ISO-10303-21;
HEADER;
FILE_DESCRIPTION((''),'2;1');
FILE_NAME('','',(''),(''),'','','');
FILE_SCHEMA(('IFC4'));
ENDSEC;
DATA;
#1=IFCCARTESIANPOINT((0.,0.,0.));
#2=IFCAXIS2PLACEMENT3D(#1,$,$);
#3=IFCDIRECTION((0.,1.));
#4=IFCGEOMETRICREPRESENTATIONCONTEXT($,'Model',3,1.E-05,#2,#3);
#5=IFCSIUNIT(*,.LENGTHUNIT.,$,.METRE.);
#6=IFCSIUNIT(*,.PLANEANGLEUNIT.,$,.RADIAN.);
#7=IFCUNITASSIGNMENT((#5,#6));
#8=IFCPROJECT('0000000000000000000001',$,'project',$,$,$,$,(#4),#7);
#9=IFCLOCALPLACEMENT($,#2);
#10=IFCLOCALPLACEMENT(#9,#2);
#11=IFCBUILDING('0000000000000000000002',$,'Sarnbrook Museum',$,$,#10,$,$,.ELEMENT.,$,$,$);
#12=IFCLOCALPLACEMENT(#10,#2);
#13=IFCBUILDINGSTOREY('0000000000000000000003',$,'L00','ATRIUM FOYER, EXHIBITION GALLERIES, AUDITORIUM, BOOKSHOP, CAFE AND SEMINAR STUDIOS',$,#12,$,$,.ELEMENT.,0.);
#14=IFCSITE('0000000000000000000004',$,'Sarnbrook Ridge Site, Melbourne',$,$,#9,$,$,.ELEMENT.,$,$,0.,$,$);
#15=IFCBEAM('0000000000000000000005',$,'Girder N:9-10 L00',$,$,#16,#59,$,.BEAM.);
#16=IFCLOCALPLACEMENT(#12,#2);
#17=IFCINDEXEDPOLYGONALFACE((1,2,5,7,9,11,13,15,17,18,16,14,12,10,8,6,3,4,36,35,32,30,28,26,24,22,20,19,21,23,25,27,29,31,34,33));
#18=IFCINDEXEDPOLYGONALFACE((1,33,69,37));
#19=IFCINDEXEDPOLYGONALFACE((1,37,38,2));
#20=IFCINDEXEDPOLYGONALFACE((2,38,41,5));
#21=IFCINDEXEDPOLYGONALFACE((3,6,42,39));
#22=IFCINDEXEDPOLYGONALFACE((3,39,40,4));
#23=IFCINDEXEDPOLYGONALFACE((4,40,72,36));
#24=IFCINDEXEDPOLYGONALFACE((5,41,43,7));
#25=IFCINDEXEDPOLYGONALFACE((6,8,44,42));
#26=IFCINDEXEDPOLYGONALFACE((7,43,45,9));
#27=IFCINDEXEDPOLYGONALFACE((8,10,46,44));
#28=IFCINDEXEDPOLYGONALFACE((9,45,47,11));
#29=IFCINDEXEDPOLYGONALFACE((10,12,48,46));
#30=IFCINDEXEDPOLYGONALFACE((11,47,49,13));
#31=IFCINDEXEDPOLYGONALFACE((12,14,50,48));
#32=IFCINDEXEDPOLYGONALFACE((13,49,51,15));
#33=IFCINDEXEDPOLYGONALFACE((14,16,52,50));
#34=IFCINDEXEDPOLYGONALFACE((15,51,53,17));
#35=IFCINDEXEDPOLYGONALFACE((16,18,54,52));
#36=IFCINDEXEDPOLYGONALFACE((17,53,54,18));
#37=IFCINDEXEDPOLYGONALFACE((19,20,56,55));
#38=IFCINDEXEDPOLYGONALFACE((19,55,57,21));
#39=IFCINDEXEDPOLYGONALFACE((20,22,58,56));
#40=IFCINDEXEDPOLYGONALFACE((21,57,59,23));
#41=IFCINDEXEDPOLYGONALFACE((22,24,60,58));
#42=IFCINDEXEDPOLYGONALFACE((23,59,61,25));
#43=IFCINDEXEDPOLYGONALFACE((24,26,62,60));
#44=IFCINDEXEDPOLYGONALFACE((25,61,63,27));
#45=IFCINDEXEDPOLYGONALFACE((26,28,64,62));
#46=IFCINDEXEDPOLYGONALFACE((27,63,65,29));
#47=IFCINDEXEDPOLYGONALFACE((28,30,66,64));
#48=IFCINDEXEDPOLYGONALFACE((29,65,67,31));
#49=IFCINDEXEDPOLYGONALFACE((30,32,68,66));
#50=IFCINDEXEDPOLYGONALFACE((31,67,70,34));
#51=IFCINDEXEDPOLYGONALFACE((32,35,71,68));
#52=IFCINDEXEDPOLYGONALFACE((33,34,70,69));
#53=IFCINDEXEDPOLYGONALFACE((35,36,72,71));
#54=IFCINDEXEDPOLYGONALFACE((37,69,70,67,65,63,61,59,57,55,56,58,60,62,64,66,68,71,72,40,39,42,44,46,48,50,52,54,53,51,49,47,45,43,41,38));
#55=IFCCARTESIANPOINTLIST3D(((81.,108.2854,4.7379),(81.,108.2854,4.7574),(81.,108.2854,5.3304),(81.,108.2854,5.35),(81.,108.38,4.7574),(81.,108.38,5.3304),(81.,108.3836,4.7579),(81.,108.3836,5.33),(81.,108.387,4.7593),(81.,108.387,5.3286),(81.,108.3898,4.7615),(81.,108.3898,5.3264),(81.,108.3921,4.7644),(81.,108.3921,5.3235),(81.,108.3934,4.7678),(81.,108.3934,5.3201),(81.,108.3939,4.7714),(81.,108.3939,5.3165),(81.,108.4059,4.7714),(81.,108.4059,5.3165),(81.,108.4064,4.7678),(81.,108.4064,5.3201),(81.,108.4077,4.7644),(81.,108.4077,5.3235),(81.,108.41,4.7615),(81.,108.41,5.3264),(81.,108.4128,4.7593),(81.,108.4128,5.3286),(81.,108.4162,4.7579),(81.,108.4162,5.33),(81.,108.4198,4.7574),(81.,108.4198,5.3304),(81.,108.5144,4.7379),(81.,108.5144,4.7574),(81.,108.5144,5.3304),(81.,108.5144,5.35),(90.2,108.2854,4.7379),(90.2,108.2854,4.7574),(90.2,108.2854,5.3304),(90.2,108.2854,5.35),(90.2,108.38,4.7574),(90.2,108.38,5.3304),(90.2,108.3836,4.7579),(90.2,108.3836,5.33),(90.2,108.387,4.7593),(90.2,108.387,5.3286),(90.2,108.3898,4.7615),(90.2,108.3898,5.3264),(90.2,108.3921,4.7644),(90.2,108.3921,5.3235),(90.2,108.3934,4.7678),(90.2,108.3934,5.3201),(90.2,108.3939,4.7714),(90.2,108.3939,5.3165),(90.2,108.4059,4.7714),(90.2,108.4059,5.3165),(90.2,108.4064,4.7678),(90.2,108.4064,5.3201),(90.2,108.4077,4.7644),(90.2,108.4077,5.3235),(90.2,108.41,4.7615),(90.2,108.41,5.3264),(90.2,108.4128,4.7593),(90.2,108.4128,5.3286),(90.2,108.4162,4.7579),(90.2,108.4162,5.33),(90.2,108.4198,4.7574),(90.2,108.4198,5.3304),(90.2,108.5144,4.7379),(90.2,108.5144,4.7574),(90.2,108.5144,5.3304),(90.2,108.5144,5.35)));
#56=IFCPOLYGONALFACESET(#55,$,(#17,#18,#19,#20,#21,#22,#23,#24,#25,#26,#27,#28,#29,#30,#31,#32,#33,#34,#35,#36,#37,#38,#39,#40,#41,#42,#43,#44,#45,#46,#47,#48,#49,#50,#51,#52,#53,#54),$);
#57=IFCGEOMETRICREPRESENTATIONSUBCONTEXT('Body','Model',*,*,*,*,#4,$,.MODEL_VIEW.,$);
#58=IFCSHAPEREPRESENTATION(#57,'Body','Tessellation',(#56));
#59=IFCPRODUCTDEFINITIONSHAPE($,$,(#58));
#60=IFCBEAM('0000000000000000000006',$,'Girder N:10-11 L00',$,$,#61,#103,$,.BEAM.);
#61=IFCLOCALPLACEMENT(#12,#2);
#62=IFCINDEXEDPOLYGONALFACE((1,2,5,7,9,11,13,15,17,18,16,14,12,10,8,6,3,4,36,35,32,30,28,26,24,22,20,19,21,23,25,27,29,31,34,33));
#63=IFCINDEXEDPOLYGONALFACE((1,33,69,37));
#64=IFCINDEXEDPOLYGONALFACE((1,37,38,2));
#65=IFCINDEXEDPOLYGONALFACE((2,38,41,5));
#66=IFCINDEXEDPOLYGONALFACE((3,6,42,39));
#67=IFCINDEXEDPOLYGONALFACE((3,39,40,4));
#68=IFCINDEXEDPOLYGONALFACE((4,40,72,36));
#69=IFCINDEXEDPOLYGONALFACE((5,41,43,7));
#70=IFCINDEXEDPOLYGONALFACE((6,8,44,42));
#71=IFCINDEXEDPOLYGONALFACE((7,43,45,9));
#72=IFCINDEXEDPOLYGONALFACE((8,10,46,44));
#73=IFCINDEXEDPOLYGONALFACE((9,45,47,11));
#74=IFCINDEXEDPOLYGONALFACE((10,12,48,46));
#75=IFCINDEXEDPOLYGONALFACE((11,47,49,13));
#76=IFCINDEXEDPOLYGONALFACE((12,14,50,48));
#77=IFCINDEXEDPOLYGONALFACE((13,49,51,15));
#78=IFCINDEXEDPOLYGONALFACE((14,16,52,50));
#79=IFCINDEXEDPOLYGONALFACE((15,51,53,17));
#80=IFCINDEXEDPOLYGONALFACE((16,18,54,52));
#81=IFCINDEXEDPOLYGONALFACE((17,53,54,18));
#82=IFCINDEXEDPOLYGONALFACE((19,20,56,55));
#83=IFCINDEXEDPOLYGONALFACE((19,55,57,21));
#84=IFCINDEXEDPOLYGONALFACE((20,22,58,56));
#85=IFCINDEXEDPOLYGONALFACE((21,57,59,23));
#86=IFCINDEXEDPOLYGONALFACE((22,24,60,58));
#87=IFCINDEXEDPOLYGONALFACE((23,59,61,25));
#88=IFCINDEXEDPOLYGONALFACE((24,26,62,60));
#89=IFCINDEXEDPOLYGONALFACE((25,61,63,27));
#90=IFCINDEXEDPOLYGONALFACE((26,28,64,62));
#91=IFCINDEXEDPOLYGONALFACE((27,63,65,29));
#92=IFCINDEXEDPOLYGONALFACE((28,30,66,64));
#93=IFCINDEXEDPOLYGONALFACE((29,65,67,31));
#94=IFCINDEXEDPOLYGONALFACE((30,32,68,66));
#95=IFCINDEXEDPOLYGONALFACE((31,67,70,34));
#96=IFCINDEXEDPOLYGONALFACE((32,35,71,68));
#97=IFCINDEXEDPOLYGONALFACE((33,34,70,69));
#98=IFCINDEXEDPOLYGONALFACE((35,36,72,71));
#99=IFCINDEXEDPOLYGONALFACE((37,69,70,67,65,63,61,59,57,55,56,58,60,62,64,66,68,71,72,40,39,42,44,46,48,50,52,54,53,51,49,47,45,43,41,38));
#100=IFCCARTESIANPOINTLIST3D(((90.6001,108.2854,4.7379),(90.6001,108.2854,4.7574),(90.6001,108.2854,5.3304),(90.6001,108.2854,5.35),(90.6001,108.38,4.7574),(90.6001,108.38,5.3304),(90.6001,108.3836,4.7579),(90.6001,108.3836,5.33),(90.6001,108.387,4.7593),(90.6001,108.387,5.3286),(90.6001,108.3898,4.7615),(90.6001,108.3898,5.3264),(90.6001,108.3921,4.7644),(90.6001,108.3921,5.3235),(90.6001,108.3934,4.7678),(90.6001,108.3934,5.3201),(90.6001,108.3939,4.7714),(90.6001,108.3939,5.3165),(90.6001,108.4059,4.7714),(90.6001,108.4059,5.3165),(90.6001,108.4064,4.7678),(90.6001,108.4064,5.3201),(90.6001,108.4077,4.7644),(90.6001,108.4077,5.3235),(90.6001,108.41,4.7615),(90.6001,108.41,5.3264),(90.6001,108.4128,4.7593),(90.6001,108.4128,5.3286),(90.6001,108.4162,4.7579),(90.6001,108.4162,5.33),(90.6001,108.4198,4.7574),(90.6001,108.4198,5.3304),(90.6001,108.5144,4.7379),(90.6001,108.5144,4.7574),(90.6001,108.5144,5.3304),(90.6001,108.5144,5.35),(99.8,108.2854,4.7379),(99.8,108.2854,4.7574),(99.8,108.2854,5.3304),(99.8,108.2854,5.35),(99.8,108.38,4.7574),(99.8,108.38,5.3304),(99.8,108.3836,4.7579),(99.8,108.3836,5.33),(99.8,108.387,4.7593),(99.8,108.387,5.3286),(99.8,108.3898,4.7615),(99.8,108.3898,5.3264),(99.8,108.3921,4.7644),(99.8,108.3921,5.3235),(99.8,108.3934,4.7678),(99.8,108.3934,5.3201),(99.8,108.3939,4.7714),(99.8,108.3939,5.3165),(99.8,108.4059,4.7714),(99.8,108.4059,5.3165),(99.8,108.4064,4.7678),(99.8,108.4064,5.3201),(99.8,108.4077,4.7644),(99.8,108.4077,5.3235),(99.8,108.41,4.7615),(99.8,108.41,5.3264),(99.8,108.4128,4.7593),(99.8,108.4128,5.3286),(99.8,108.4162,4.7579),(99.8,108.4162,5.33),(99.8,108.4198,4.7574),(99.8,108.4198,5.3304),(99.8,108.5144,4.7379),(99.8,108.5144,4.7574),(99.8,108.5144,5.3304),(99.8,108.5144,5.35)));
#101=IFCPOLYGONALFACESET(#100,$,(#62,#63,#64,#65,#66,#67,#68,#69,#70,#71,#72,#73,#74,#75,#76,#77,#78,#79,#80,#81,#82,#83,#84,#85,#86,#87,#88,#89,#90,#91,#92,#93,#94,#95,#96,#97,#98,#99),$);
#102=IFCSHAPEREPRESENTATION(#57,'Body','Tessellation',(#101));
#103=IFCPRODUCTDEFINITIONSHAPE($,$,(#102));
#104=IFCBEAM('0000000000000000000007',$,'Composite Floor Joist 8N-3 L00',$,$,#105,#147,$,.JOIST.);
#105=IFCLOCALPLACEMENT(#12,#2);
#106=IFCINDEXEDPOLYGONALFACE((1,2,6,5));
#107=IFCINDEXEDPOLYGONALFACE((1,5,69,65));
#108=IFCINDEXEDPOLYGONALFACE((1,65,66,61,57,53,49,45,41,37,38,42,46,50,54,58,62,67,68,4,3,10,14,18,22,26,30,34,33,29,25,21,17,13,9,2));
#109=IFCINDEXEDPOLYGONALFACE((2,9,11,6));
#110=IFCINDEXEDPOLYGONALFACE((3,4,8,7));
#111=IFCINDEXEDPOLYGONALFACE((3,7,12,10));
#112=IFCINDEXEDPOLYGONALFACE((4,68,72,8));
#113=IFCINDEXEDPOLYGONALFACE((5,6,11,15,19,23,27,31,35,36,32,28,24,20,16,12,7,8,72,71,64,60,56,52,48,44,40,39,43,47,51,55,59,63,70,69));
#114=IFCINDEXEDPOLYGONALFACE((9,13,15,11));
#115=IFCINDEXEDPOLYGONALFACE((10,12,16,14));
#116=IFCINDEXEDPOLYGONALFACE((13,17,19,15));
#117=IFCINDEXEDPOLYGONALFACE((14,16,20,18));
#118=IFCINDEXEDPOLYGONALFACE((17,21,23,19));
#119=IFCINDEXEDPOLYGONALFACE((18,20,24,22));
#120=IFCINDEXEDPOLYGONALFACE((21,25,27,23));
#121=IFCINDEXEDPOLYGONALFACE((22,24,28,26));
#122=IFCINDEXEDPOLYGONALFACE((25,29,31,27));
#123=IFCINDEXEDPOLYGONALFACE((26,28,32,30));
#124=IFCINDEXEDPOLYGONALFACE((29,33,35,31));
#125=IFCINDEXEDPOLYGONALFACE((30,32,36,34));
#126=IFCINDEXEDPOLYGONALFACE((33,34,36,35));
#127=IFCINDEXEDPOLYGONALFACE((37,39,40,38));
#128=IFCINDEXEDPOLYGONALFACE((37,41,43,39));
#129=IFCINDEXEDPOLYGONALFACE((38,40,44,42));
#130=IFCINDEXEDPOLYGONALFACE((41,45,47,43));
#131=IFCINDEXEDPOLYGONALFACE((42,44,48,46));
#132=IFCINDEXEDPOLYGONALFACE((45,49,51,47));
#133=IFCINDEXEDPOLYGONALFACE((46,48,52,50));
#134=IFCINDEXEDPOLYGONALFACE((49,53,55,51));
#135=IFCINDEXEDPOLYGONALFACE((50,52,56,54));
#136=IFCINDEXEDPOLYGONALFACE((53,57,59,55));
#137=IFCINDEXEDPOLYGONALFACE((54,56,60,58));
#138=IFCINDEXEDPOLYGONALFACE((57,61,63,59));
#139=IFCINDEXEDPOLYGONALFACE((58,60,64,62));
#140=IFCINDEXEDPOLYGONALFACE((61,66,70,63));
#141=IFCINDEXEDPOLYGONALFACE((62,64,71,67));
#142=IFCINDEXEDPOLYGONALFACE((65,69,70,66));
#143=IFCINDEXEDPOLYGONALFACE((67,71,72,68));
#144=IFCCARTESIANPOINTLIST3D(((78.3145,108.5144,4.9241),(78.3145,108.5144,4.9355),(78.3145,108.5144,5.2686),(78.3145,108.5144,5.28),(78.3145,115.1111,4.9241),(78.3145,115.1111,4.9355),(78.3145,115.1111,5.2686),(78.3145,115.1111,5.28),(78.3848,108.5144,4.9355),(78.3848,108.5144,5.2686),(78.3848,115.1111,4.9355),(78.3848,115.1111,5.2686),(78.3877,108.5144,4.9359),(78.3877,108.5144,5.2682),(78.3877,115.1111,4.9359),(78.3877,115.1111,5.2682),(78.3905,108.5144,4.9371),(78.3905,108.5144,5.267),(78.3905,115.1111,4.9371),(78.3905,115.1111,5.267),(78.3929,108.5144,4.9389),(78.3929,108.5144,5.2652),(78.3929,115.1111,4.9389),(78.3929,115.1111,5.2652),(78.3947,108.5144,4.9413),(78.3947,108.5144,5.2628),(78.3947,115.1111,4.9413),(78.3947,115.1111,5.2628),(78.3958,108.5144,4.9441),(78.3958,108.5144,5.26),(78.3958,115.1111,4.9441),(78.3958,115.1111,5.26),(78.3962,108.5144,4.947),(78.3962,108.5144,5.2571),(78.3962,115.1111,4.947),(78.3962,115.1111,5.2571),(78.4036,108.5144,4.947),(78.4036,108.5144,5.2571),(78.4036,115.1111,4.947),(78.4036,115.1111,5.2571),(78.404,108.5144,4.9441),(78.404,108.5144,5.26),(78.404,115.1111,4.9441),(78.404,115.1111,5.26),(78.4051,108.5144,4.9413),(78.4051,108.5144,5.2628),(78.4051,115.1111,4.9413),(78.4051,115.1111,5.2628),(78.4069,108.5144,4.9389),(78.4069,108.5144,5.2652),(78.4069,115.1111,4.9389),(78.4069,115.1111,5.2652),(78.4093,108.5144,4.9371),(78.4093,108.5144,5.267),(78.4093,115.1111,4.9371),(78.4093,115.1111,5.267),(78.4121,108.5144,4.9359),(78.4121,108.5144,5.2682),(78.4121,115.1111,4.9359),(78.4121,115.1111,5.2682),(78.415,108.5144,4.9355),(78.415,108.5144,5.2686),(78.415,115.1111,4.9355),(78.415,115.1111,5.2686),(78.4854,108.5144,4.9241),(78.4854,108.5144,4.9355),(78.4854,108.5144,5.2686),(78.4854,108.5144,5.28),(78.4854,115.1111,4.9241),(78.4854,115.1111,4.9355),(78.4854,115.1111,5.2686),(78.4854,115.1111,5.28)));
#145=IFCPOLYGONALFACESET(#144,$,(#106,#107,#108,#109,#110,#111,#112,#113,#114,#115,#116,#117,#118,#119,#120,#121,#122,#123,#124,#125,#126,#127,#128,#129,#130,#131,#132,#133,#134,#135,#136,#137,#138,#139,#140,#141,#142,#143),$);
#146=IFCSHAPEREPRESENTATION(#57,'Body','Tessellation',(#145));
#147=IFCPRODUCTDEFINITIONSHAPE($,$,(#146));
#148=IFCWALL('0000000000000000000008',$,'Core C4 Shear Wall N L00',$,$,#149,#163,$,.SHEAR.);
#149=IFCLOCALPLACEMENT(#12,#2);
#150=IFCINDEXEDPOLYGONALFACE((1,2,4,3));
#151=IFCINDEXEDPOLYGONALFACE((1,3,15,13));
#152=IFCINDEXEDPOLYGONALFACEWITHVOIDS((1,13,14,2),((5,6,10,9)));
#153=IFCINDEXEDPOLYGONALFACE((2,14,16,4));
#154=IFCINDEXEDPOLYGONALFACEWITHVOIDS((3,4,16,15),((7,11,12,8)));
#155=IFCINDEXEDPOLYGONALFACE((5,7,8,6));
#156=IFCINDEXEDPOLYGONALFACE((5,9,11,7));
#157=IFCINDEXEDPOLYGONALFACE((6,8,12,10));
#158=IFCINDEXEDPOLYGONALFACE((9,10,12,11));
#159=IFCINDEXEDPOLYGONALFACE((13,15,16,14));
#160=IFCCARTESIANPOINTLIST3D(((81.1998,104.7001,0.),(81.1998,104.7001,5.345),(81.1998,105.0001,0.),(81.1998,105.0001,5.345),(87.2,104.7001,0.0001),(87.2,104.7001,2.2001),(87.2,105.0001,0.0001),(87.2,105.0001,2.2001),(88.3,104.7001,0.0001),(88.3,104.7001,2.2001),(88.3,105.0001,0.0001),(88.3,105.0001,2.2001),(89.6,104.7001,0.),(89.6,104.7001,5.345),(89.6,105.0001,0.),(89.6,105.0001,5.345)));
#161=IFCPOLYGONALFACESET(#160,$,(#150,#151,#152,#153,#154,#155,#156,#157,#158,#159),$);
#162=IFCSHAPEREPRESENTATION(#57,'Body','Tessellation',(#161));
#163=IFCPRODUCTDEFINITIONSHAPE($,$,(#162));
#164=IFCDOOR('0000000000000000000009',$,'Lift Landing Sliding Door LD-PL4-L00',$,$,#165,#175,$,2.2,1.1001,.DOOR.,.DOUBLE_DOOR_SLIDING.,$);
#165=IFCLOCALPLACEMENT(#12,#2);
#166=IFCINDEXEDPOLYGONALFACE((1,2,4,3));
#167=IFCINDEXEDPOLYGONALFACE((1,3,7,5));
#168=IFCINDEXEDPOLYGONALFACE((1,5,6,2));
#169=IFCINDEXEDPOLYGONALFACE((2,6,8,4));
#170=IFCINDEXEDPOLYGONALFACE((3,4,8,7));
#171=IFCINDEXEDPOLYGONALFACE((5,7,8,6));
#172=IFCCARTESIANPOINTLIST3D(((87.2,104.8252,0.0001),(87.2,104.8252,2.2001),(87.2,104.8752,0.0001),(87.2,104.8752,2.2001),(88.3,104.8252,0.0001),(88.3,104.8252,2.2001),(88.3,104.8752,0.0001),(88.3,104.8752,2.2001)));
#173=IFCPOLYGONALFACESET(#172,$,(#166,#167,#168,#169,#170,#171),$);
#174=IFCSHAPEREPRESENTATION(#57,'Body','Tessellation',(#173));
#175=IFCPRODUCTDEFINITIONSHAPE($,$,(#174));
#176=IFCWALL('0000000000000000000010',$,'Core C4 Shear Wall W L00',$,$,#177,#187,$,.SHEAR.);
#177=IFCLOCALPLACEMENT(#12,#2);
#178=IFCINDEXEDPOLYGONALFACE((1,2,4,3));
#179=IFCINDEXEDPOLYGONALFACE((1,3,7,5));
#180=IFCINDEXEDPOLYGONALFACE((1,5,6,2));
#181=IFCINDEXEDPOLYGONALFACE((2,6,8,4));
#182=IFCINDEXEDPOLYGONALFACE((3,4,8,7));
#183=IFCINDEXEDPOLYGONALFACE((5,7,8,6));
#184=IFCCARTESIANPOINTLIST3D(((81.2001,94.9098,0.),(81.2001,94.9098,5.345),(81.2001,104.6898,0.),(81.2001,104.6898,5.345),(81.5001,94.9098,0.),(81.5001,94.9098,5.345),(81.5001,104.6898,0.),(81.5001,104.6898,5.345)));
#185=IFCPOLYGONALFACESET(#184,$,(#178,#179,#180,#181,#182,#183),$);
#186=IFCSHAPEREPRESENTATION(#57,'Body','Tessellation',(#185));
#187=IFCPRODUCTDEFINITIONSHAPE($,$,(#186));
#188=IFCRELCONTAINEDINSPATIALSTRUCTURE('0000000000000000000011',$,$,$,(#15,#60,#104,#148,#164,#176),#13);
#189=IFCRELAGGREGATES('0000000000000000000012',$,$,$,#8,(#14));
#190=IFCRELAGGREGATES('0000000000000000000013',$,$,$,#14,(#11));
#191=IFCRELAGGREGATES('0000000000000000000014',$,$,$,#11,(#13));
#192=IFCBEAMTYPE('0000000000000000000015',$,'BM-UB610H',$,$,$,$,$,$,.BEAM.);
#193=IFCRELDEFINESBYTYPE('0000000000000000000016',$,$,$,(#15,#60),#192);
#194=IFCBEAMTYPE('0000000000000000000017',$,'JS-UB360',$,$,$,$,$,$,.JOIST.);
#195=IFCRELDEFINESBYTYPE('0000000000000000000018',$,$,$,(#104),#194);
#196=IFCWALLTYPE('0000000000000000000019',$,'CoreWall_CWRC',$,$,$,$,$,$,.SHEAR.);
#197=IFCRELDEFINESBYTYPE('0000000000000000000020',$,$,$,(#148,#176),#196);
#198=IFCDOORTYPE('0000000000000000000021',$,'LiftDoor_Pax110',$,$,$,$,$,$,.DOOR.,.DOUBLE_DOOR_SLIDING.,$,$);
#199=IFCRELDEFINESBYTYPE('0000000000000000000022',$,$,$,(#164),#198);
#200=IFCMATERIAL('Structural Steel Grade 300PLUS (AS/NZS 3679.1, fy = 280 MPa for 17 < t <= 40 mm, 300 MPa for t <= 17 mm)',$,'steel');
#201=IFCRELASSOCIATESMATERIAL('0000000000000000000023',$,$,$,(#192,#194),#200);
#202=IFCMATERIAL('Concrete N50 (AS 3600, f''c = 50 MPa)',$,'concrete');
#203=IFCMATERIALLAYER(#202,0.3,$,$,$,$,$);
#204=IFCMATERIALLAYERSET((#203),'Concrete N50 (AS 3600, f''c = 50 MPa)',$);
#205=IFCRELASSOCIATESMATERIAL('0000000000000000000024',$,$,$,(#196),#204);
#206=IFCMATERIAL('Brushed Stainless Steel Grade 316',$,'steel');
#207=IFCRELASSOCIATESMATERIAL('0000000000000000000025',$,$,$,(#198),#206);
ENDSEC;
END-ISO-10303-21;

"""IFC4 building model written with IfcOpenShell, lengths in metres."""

from ifc_helpers import new_model, si_unit, direction, frame, frame_2d, origin, origin_2d, place, context, subcontext, project, spatial, rectangle, i_section, extrude, material, layer, layer_set, material_profile, profile_set, type_object, element, fill, save


model = new_model("IFC4")

# Units and contexts
model_context = context("Model", 3, precision=1e-05, world=origin(), true_north=direction((0.0, 1.0)))
body_context = subcontext(model_context, "Body", "Model", "MODEL_VIEW")
ifc_project = project(units=[si_unit("LENGTHUNIT", "METRE"), si_unit("PLANEANGLEUNIT", "RADIAN")], contexts=[model_context])

# Site, building, storey
site_placement = place(None, origin())
site = spatial("IfcSite", under=ifc_project, at=site_placement, Name="Sarnbrook Ridge Site, Melbourne", CompositionType="ELEMENT", RefElevation=0.0)
building_placement = place(site_placement, origin())
building = spatial("IfcBuilding", under=site, at=building_placement, Name="Sarnbrook Museum", CompositionType="ELEMENT")
storey_placement = place(building_placement, origin())
storey = spatial("IfcBuildingStorey", under=building, at=storey_placement, Name="L00", Description="ATRIUM FOYER, EXHIBITION GALLERIES, AUDITORIUM, BOOKSHOP, CAFE AND SEMINAR STUDIOS", CompositionType="ELEMENT", Elevation=0.0)

# Shared definitions
ifc_material_1 = material(Name="Structural Steel Grade 300PLUS (AS/NZS 3679.1, fy = 280 MPa for 17 < t <= 40 mm, 300 MPa for t <= 17 mm)", Category="steel")

# Beams
ifc_material_profile_1 = material_profile(ifc_material_1, i_section(OverallWidth=0.229, OverallDepth=0.6121, WebThickness=0.012, FlangeThickness=0.0195, FilletRadius=0.0139, at=origin_2d()), Name="610UB125")
ifc_profile_set_1 = profile_set([ifc_material_profile_1], Name="Structural Steel Grade 300PLUS (AS/NZS 3679.1, fy = 280 MPa for 17 < t <= 40 mm, 300 MPa for t <= 17 mm)")
beam_type_1 = type_object("IfcBeamType", Name="BM-UB610H", PredefinedType="BEAM", material=ifc_profile_set_1)
for number, where, z_axis, x_axis, name in (
    (1, (81.0, 108.3999, 5.0439), (1.0, 0.0, 0.0), (0.0, 1.0, 0.0), "Girder N:9-10 L00"),
    (2, (90.6001, 108.3999, 5.0439), (1.0, 0.0, 0.0), (0.0, 1.0, 0.0), "Girder N:10-11 L00"),
):
    element("IfcBeam", number, at=place(storey_placement, frame(where, z_axis=z_axis, x_axis=x_axis)), inside=storey, type_object=beam_type_1, Name=name, PredefinedType="BEAM", context=body_context, shape_type="SweptSolid", body=[
        extrude(i_section(OverallWidth=0.229, OverallDepth=0.6121, WebThickness=0.012, FlangeThickness=0.0195, FilletRadius=0.0139, at=origin_2d()), origin(), (0.0, 0.0, 1.0), 9.2),
    ])
ifc_material_profile_2 = material_profile(ifc_material_1, i_section(OverallWidth=0.1709, OverallDepth=0.356, WebThickness=0.0073, FlangeThickness=0.0115, FilletRadius=0.0115, at=origin_2d()), Name="360UB50.7")
ifc_profile_set_2 = profile_set([ifc_material_profile_2], Name="Structural Steel Grade 300PLUS (AS/NZS 3679.1, fy = 280 MPa for 17 < t <= 40 mm, 300 MPa for t <= 17 mm)")
beam_type_2 = type_object("IfcBeamType", Name="JS-UB360", PredefinedType="JOIST", material=ifc_profile_set_2)
beam_1_placement = place(storey_placement, frame((78.3999, 108.5144, 5.1021), z_axis=(0.0, 1.0, 0.0), x_axis=(-1.0, 0.0, 0.0)))
element("IfcBeam", 3, at=beam_1_placement, inside=storey, type_object=beam_type_2, Name="Composite Floor Joist 8N-3 L00", PredefinedType="JOIST", context=body_context, shape_type="SweptSolid", body=[
    extrude(i_section(OverallWidth=0.1709, OverallDepth=0.356, WebThickness=0.0073, FlangeThickness=0.0115, FilletRadius=0.0115, at=origin_2d()), origin(), (0.0, 0.0, 1.0), 6.5967),
])

# Wall, opening, door
ifc_material_2 = material(Name="Concrete N50 (AS 3600, f'c = 50 MPa)", Category="concrete")
ifc_layer_1 = layer(ifc_material_2, 0.3)
ifc_layer_set_1 = layer_set([ifc_layer_1], Name="Concrete N50 (AS 3600, f'c = 50 MPa)")
wall_type_1 = type_object("IfcWallType", Name="CoreWall_CWRC", PredefinedType="SHEAR", material=ifc_layer_set_1)
wall_1_placement = place(storey_placement, frame((89.6001, 104.8501, 0.0), z_axis=(0.0, 0.0, 1.0), x_axis=(-1.0, 0.0, 0.0)))
wall_1 = element("IfcWall", 4, at=wall_1_placement, inside=storey, type_object=wall_type_1, Name="Core C4 Shear Wall N L00", PredefinedType="SHEAR", context=body_context, shape_type="SweptSolid", body=[
    extrude(rectangle(XDim=8.4001, YDim=0.3, at=frame_2d((4.2002, 0.0))), origin(), (0.0, 0.0, 1.0), 5.345),
])
opening_1_placement = place(wall_1_placement, frame((1.3, 0.0, 0.0)))
opening_1 = element("IfcOpeningElement", 5, at=opening_1_placement, cuts=wall_1, PredefinedType="OPENING", context=body_context, shape_type="SweptSolid", body=[
    extrude(rectangle(XDim=1.1001, YDim=2.2, at=frame_2d((0.55, 1.1001))), frame((0.0, 0.1602, 0.0), z_axis=(0.0, -1.0, 0.0), x_axis=(1.0, 0.0, 0.0)), (0.0, 0.0, 1.0), 0.3201),
])
ifc_material_3 = material(Name="Brushed Stainless Steel Grade 316", Category="steel")
door_type_1 = type_object("IfcDoorType", Name="LiftDoor_Pax110", OperationType="DOUBLE_DOOR_SLIDING", PredefinedType="DOOR", material=ifc_material_3)
door_1_placement = place(opening_1_placement, origin())
door_1 = element("IfcDoor", 6, at=door_1_placement, inside=storey, type_object=door_type_1, Name="Lift Landing Sliding Door LD-PL4-L00", OperationType="DOUBLE_DOOR_SLIDING", OverallHeight=2.2, OverallWidth=1.1001, PredefinedType="DOOR", context=body_context, shape_type="SweptSolid", body=[
    extrude(rectangle(XDim=1.1001, YDim=2.2, at=frame_2d((0.55, 1.1001))), frame((0.0, 0.0249, 0.0), z_axis=(0.0, -1.0, 0.0), x_axis=(1.0, 0.0, 0.0)), (0.0, 0.0, 1.0), 0.05),
])
fill(opening_1, door_1)

# Wall
wall_2_placement = place(storey_placement, frame((81.3501, 104.6899, 0.0), z_axis=(0.0, 0.0, 1.0), x_axis=(0.0, -1.0, 0.0)))
element("IfcWall", 7, at=wall_2_placement, inside=storey, type_object=wall_type_1, Name="Core C4 Shear Wall W L00", PredefinedType="SHEAR", context=body_context, shape_type="SweptSolid", body=[
    extrude(rectangle(XDim=9.78, YDim=0.3, at=frame_2d((4.8901, 0.0))), origin(), (0.0, 0.0, 1.0), 5.345),
])

save(model, "model.ifc")
